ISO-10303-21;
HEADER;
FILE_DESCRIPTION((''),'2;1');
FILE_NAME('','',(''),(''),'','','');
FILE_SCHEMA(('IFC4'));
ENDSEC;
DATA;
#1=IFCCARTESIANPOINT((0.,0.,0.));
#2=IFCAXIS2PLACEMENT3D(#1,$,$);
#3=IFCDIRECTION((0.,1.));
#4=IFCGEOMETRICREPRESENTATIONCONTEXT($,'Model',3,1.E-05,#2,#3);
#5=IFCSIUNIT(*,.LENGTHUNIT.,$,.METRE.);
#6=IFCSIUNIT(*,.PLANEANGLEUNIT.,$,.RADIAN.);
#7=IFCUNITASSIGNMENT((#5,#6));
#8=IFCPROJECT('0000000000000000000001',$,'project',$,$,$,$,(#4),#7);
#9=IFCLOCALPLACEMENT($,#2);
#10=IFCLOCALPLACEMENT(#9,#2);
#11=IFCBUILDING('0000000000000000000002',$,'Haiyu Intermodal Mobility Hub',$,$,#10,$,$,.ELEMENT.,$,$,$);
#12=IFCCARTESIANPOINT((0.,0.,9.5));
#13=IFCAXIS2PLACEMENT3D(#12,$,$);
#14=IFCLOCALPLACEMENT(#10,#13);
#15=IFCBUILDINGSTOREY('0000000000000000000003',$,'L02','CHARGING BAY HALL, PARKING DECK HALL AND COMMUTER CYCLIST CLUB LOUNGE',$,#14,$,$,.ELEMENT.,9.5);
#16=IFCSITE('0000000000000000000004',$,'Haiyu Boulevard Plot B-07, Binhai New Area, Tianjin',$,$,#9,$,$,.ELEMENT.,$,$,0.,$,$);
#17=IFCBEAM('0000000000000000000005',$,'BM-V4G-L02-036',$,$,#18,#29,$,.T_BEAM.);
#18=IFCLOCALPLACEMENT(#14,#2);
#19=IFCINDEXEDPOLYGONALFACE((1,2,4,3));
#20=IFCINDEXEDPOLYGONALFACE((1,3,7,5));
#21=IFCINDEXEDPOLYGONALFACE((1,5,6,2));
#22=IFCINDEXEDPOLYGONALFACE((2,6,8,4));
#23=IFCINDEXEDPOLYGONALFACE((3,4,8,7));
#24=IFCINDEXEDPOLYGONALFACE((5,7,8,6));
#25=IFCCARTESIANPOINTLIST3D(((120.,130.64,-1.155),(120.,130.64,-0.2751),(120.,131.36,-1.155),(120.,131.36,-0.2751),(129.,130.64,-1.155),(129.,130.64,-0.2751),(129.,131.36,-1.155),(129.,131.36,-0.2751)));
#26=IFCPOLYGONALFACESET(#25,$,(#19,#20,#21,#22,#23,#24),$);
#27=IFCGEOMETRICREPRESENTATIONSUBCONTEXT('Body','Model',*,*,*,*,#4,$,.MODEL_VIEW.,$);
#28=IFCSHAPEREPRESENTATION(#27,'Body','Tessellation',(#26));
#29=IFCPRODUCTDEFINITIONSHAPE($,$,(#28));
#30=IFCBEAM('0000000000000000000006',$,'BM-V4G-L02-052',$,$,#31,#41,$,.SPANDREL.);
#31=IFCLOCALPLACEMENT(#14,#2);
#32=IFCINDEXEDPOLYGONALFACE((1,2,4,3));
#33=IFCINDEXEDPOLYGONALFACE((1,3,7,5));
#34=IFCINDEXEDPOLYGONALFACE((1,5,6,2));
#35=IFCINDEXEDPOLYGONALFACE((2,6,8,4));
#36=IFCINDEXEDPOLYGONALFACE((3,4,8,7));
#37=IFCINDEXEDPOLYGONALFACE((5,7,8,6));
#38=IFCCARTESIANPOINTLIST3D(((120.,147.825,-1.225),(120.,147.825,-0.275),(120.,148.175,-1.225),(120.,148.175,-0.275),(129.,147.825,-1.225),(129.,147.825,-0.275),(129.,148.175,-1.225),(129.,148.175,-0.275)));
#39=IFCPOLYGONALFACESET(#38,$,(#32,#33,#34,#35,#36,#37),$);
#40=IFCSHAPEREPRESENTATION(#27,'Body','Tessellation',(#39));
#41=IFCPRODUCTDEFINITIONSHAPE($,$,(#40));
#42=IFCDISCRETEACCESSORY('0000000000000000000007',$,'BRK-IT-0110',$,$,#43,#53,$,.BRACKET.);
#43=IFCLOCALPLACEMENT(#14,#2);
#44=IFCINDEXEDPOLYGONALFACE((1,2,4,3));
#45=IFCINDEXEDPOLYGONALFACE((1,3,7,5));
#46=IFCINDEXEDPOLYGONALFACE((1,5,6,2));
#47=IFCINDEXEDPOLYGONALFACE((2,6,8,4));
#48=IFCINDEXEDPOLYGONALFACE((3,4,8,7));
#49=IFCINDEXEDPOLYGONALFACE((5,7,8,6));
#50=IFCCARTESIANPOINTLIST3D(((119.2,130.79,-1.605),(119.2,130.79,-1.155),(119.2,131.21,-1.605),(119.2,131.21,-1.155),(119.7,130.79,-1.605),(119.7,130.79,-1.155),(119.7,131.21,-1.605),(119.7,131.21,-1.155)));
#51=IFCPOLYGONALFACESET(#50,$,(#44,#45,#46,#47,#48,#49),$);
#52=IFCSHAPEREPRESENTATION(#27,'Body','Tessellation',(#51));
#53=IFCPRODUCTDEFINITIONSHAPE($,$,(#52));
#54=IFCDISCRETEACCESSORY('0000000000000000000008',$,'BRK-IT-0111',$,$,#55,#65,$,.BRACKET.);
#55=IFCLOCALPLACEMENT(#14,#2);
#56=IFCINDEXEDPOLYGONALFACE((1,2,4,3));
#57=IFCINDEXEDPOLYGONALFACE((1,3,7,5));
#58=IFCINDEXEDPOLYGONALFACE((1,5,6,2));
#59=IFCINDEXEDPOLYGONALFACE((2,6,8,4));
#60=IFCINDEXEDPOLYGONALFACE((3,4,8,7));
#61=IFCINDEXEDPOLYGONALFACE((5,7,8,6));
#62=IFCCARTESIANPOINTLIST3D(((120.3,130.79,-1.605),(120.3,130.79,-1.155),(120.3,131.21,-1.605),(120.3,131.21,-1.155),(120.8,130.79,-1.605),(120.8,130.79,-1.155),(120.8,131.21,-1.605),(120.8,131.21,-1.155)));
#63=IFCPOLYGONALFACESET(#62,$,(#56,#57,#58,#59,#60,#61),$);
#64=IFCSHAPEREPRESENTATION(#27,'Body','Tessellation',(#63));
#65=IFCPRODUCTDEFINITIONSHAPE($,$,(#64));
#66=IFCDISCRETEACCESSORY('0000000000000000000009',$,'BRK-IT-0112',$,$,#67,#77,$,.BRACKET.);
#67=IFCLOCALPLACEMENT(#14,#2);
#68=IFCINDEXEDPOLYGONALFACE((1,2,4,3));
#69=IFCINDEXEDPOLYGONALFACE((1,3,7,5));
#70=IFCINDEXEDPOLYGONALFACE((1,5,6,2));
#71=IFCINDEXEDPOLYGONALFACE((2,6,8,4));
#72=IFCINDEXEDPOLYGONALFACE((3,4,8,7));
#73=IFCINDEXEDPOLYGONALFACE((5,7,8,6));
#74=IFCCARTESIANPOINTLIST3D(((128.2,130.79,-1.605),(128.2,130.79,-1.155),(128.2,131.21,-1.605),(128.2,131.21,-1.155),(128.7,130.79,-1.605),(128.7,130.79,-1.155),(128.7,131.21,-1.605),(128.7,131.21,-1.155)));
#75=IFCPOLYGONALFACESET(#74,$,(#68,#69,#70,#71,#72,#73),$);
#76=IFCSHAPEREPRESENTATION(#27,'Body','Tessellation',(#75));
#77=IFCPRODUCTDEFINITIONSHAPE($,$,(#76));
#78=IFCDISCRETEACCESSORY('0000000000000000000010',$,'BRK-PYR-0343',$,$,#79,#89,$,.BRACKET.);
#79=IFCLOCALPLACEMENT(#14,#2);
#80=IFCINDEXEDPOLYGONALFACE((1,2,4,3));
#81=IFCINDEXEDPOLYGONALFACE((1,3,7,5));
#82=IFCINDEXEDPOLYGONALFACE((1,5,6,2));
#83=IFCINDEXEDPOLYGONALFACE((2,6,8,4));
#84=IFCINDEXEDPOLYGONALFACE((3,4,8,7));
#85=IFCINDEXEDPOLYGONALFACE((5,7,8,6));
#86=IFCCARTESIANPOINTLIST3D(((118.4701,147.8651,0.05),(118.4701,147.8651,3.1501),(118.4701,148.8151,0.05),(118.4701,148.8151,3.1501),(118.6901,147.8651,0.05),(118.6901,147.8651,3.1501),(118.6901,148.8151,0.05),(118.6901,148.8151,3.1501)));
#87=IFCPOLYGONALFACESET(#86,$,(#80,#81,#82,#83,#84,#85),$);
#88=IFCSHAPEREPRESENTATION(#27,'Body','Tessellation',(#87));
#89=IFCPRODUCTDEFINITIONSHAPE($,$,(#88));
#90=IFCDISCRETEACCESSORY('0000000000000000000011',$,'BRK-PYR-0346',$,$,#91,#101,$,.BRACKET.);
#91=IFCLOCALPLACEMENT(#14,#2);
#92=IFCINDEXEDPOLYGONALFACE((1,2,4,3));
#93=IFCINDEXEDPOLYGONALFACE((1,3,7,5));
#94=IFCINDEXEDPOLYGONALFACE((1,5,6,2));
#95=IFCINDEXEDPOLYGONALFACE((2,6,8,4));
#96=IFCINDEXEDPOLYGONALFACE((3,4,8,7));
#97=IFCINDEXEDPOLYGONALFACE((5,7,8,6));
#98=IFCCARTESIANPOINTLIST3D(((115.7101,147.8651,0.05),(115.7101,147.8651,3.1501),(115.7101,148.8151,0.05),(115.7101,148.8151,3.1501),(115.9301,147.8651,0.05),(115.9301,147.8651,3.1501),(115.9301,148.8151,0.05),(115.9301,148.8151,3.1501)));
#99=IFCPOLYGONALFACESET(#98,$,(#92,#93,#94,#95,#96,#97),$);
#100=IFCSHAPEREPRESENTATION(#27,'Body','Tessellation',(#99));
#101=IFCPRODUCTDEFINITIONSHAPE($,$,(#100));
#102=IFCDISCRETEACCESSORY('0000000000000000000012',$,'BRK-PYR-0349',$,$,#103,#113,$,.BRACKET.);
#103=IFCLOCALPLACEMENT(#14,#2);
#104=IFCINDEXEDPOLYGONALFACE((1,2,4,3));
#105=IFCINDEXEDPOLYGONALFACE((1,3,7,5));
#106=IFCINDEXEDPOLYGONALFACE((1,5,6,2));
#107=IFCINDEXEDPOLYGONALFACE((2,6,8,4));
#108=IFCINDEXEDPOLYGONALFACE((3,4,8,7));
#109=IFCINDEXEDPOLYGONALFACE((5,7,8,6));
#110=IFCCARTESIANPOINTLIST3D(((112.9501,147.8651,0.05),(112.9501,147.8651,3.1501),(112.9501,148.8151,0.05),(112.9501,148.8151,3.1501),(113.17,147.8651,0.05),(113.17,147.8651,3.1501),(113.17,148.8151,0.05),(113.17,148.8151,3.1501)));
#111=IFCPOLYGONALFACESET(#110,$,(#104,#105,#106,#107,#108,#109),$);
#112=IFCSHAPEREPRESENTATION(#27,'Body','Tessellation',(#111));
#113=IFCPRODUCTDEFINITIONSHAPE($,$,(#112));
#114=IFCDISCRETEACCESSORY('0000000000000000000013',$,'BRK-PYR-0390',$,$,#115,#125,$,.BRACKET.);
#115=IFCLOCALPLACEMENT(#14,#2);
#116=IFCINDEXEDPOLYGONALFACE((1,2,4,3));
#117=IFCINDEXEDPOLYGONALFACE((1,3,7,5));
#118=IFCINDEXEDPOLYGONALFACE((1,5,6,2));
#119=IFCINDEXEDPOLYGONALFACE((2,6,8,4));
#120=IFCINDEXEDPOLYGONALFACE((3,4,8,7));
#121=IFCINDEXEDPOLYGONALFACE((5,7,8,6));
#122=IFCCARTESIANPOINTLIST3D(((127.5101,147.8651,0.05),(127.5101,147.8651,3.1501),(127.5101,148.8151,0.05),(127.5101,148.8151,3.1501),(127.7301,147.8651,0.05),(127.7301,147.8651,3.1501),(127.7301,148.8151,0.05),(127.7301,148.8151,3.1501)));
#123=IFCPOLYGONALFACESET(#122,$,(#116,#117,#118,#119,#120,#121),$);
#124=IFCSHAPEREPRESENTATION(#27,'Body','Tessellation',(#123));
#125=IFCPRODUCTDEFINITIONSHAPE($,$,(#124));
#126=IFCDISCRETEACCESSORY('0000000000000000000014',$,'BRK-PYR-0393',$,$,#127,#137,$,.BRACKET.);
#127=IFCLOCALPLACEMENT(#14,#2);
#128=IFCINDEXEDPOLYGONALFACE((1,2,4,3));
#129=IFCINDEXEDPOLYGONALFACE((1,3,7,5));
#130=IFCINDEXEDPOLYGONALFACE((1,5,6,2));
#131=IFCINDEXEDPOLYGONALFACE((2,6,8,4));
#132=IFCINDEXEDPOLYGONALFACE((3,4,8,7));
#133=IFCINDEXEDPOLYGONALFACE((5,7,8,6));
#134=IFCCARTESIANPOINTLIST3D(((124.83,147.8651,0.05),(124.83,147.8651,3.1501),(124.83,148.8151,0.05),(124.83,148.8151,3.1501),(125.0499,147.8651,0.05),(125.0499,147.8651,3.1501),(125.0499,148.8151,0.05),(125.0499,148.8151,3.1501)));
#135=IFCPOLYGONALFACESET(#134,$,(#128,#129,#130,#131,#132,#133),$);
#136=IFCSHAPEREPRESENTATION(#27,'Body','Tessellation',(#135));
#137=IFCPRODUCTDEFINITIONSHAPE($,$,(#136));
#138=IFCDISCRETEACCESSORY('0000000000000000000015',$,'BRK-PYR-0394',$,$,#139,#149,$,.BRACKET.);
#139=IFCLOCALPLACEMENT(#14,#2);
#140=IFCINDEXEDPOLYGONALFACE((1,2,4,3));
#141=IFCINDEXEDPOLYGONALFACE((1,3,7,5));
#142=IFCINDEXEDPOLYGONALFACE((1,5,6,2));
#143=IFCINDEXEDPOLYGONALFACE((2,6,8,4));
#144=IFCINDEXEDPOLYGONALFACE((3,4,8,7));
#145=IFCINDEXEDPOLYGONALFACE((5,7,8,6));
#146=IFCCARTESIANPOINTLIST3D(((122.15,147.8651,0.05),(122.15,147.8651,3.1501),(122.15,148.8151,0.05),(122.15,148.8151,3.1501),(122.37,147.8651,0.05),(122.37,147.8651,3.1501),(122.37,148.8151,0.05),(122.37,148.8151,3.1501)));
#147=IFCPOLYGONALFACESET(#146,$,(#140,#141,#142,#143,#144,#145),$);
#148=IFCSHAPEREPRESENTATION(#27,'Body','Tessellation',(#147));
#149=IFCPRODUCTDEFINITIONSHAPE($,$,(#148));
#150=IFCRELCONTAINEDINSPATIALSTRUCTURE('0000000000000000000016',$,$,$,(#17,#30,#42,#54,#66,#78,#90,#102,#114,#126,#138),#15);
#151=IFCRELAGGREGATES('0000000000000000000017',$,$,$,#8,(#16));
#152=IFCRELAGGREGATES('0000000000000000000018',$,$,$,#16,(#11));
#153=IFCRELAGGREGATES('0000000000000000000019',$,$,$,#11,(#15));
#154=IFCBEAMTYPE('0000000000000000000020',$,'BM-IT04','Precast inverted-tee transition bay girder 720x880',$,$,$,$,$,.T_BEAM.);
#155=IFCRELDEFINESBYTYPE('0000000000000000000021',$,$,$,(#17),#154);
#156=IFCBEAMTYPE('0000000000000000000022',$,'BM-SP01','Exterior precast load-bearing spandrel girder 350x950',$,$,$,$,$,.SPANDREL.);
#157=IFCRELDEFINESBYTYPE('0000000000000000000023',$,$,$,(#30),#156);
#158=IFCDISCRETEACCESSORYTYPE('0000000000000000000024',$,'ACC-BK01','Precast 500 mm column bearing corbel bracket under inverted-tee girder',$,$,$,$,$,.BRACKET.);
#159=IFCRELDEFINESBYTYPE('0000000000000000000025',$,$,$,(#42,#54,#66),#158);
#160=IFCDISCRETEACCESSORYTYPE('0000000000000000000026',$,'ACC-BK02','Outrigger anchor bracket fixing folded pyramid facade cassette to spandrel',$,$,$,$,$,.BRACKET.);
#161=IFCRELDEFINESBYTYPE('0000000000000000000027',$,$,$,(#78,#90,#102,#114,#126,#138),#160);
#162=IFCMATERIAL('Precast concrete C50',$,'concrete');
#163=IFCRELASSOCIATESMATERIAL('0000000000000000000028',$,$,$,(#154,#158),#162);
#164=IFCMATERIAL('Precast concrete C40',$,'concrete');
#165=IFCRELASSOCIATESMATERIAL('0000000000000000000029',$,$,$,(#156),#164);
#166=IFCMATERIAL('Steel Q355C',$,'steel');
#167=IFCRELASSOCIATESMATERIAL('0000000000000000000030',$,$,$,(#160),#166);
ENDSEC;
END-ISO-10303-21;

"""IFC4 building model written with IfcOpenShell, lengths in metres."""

from ifc_helpers import new_model, si_unit, direction, frame, origin, origin_2d, place, context, subcontext, project, spatial, rectangle, extrude, material, material_profile, profile_set, type_object, element, save


model = new_model("IFC4")

# Units and contexts
model_context = context("Model", 3, precision=1e-05, world=origin(), true_north=direction((0.0, 1.0)))
body_context = subcontext(model_context, "Body", "Model", "MODEL_VIEW")
ifc_project = project(units=[si_unit("LENGTHUNIT", "METRE"), si_unit("PLANEANGLEUNIT", "RADIAN")], contexts=[model_context])

# Site, building, storey
site_placement = place(None, origin())
site = spatial("IfcSite", under=ifc_project, at=site_placement, Name="Haiyu Boulevard Plot B-07, Binhai New Area, Tianjin", CompositionType="ELEMENT", RefElevation=0.0)
building_placement = place(site_placement, origin())
building = spatial("IfcBuilding", under=site, at=building_placement, Name="Haiyu Intermodal Mobility Hub", CompositionType="ELEMENT")
storey_placement = place(building_placement, frame((0.0, 0.0, 9.5)))
storey = spatial("IfcBuildingStorey", under=building, at=storey_placement, Name="L02", Description="CHARGING BAY HALL, PARKING DECK HALL AND COMMUTER CYCLIST CLUB LOUNGE", CompositionType="ELEMENT", Elevation=9.5)

# Shared definitions
ifc_material_1 = material(Name="Precast concrete C40", Category="concrete")

# Beams
ifc_material_2 = material(Name="Precast concrete C50", Category="concrete")
ifc_material_profile_1 = material_profile(ifc_material_2, rectangle(XDim=0.72, YDim=0.8799, at=origin_2d()), Name="B720x880")
ifc_profile_set_1 = profile_set([ifc_material_profile_1], Name="Precast concrete C50")
beam_type_1 = type_object("IfcBeamType", Name="BM-IT04", Description="Precast inverted-tee transition bay girder 720x880", PredefinedType="T_BEAM", material=ifc_profile_set_1)
beam_1_placement = place(storey_placement, frame((120.0, 131.0, -0.7151), z_axis=(1.0, 0.0, 0.0), x_axis=(0.0, 1.0, 0.0)))
element("IfcBeam", 1, at=beam_1_placement, inside=storey, type_object=beam_type_1, Name="BM-V4G-L02-036", PredefinedType="T_BEAM", context=body_context, shape_type="SweptSolid", body=[
    extrude(rectangle(XDim=0.72, YDim=0.8799, at=origin_2d()), origin(), (0.0, 0.0, 1.0), 9.0),
])
ifc_material_profile_2 = material_profile(ifc_material_1, rectangle(XDim=0.3501, YDim=0.95, at=origin_2d()), Name="PC350x950")
ifc_profile_set_2 = profile_set([ifc_material_profile_2], Name="Precast concrete C40")
beam_type_2 = type_object("IfcBeamType", Name="BM-SP01", Description="Exterior precast load-bearing spandrel girder 350x950", PredefinedType="SPANDREL", material=ifc_profile_set_2)
beam_2_placement = place(storey_placement, frame((120.0, 148.0, -0.75), z_axis=(1.0, 0.0, 0.0), x_axis=(0.0, 1.0, 0.0)))
element("IfcBeam", 2, at=beam_2_placement, inside=storey, type_object=beam_type_2, Name="BM-V4G-L02-052", PredefinedType="SPANDREL", context=body_context, shape_type="SweptSolid", body=[
    extrude(rectangle(XDim=0.3501, YDim=0.95, at=origin_2d()), origin(), (0.0, 0.0, 1.0), 9.0),
])

# Shared definitions
ifc_material_3 = material(Name="Steel Q355C", Category="steel")

# Discrete accessories
discrete_accessory_type_1 = type_object("IfcDiscreteAccessoryType", Name="ACC-BK01", Description="Precast 500 mm column bearing corbel bracket under inverted-tee girder", PredefinedType="BRACKET", material=ifc_material_2)
for number, where, z_axis, x_axis, name in (
    (3, (119.45, 131.0, -1.605), (0.0, 0.0, 1.0), (1.0, 0.0, 0.0), "BRK-IT-0110"),
    (4, (120.55, 131.0, -1.605), (0.0, 0.0, 1.0), (1.0, 0.0, 0.0), "BRK-IT-0111"),
    (5, (128.45, 131.0, -1.605), (0.0, 0.0, 1.0), (1.0, 0.0, 0.0), "BRK-IT-0112"),
):
    element("IfcDiscreteAccessory", number, at=place(storey_placement, frame(where, z_axis=z_axis, x_axis=x_axis)), inside=storey, type_object=discrete_accessory_type_1, Name=name, PredefinedType="BRACKET", context=body_context, shape_type="SweptSolid", body=[
        extrude(rectangle(XDim=0.5, YDim=0.4199, at=origin_2d()), origin(), (0.0, 0.0, 1.0), 0.45),
    ])
discrete_accessory_type_2 = type_object("IfcDiscreteAccessoryType", Name="ACC-BK02", Description="Outrigger anchor bracket fixing folded pyramid facade cassette to spandrel", PredefinedType="BRACKET", material=ifc_material_3)
for number, where, z_axis, x_axis, name in (
    (6, (118.5801, 148.3401, 0.05), (0.0, 0.0, 1.0), (1.0, 0.0, 0.0), "BRK-PYR-0343"),
    (7, (115.8201, 148.3401, 0.05), (0.0, 0.0, 1.0), (1.0, 0.0, 0.0), "BRK-PYR-0346"),
    (8, (113.0601, 148.3401, 0.05), (0.0, 0.0, 1.0), (1.0, 0.0, 0.0), "BRK-PYR-0349"),
    (9, (127.6201, 148.3401, 0.05), (0.0, 0.0, 1.0), (1.0, 0.0, 0.0), "BRK-PYR-0390"),
    (10, (124.9399, 148.3401, 0.05), (0.0, 0.0, 1.0), (1.0, 0.0, 0.0), "BRK-PYR-0393"),
    (11, (122.26, 148.3401, 0.05), (0.0, 0.0, 1.0), (1.0, 0.0, 0.0), "BRK-PYR-0394"),
):
    element("IfcDiscreteAccessory", number, at=place(storey_placement, frame(where, z_axis=z_axis, x_axis=x_axis)), inside=storey, type_object=discrete_accessory_type_2, Name=name, PredefinedType="BRACKET", context=body_context, shape_type="SweptSolid", body=[
        extrude(rectangle(XDim=0.22, YDim=0.95, at=origin_2d()), origin(), (0.0, 0.0, 1.0), 3.1001),
    ])

save(model, "model.ifc")
